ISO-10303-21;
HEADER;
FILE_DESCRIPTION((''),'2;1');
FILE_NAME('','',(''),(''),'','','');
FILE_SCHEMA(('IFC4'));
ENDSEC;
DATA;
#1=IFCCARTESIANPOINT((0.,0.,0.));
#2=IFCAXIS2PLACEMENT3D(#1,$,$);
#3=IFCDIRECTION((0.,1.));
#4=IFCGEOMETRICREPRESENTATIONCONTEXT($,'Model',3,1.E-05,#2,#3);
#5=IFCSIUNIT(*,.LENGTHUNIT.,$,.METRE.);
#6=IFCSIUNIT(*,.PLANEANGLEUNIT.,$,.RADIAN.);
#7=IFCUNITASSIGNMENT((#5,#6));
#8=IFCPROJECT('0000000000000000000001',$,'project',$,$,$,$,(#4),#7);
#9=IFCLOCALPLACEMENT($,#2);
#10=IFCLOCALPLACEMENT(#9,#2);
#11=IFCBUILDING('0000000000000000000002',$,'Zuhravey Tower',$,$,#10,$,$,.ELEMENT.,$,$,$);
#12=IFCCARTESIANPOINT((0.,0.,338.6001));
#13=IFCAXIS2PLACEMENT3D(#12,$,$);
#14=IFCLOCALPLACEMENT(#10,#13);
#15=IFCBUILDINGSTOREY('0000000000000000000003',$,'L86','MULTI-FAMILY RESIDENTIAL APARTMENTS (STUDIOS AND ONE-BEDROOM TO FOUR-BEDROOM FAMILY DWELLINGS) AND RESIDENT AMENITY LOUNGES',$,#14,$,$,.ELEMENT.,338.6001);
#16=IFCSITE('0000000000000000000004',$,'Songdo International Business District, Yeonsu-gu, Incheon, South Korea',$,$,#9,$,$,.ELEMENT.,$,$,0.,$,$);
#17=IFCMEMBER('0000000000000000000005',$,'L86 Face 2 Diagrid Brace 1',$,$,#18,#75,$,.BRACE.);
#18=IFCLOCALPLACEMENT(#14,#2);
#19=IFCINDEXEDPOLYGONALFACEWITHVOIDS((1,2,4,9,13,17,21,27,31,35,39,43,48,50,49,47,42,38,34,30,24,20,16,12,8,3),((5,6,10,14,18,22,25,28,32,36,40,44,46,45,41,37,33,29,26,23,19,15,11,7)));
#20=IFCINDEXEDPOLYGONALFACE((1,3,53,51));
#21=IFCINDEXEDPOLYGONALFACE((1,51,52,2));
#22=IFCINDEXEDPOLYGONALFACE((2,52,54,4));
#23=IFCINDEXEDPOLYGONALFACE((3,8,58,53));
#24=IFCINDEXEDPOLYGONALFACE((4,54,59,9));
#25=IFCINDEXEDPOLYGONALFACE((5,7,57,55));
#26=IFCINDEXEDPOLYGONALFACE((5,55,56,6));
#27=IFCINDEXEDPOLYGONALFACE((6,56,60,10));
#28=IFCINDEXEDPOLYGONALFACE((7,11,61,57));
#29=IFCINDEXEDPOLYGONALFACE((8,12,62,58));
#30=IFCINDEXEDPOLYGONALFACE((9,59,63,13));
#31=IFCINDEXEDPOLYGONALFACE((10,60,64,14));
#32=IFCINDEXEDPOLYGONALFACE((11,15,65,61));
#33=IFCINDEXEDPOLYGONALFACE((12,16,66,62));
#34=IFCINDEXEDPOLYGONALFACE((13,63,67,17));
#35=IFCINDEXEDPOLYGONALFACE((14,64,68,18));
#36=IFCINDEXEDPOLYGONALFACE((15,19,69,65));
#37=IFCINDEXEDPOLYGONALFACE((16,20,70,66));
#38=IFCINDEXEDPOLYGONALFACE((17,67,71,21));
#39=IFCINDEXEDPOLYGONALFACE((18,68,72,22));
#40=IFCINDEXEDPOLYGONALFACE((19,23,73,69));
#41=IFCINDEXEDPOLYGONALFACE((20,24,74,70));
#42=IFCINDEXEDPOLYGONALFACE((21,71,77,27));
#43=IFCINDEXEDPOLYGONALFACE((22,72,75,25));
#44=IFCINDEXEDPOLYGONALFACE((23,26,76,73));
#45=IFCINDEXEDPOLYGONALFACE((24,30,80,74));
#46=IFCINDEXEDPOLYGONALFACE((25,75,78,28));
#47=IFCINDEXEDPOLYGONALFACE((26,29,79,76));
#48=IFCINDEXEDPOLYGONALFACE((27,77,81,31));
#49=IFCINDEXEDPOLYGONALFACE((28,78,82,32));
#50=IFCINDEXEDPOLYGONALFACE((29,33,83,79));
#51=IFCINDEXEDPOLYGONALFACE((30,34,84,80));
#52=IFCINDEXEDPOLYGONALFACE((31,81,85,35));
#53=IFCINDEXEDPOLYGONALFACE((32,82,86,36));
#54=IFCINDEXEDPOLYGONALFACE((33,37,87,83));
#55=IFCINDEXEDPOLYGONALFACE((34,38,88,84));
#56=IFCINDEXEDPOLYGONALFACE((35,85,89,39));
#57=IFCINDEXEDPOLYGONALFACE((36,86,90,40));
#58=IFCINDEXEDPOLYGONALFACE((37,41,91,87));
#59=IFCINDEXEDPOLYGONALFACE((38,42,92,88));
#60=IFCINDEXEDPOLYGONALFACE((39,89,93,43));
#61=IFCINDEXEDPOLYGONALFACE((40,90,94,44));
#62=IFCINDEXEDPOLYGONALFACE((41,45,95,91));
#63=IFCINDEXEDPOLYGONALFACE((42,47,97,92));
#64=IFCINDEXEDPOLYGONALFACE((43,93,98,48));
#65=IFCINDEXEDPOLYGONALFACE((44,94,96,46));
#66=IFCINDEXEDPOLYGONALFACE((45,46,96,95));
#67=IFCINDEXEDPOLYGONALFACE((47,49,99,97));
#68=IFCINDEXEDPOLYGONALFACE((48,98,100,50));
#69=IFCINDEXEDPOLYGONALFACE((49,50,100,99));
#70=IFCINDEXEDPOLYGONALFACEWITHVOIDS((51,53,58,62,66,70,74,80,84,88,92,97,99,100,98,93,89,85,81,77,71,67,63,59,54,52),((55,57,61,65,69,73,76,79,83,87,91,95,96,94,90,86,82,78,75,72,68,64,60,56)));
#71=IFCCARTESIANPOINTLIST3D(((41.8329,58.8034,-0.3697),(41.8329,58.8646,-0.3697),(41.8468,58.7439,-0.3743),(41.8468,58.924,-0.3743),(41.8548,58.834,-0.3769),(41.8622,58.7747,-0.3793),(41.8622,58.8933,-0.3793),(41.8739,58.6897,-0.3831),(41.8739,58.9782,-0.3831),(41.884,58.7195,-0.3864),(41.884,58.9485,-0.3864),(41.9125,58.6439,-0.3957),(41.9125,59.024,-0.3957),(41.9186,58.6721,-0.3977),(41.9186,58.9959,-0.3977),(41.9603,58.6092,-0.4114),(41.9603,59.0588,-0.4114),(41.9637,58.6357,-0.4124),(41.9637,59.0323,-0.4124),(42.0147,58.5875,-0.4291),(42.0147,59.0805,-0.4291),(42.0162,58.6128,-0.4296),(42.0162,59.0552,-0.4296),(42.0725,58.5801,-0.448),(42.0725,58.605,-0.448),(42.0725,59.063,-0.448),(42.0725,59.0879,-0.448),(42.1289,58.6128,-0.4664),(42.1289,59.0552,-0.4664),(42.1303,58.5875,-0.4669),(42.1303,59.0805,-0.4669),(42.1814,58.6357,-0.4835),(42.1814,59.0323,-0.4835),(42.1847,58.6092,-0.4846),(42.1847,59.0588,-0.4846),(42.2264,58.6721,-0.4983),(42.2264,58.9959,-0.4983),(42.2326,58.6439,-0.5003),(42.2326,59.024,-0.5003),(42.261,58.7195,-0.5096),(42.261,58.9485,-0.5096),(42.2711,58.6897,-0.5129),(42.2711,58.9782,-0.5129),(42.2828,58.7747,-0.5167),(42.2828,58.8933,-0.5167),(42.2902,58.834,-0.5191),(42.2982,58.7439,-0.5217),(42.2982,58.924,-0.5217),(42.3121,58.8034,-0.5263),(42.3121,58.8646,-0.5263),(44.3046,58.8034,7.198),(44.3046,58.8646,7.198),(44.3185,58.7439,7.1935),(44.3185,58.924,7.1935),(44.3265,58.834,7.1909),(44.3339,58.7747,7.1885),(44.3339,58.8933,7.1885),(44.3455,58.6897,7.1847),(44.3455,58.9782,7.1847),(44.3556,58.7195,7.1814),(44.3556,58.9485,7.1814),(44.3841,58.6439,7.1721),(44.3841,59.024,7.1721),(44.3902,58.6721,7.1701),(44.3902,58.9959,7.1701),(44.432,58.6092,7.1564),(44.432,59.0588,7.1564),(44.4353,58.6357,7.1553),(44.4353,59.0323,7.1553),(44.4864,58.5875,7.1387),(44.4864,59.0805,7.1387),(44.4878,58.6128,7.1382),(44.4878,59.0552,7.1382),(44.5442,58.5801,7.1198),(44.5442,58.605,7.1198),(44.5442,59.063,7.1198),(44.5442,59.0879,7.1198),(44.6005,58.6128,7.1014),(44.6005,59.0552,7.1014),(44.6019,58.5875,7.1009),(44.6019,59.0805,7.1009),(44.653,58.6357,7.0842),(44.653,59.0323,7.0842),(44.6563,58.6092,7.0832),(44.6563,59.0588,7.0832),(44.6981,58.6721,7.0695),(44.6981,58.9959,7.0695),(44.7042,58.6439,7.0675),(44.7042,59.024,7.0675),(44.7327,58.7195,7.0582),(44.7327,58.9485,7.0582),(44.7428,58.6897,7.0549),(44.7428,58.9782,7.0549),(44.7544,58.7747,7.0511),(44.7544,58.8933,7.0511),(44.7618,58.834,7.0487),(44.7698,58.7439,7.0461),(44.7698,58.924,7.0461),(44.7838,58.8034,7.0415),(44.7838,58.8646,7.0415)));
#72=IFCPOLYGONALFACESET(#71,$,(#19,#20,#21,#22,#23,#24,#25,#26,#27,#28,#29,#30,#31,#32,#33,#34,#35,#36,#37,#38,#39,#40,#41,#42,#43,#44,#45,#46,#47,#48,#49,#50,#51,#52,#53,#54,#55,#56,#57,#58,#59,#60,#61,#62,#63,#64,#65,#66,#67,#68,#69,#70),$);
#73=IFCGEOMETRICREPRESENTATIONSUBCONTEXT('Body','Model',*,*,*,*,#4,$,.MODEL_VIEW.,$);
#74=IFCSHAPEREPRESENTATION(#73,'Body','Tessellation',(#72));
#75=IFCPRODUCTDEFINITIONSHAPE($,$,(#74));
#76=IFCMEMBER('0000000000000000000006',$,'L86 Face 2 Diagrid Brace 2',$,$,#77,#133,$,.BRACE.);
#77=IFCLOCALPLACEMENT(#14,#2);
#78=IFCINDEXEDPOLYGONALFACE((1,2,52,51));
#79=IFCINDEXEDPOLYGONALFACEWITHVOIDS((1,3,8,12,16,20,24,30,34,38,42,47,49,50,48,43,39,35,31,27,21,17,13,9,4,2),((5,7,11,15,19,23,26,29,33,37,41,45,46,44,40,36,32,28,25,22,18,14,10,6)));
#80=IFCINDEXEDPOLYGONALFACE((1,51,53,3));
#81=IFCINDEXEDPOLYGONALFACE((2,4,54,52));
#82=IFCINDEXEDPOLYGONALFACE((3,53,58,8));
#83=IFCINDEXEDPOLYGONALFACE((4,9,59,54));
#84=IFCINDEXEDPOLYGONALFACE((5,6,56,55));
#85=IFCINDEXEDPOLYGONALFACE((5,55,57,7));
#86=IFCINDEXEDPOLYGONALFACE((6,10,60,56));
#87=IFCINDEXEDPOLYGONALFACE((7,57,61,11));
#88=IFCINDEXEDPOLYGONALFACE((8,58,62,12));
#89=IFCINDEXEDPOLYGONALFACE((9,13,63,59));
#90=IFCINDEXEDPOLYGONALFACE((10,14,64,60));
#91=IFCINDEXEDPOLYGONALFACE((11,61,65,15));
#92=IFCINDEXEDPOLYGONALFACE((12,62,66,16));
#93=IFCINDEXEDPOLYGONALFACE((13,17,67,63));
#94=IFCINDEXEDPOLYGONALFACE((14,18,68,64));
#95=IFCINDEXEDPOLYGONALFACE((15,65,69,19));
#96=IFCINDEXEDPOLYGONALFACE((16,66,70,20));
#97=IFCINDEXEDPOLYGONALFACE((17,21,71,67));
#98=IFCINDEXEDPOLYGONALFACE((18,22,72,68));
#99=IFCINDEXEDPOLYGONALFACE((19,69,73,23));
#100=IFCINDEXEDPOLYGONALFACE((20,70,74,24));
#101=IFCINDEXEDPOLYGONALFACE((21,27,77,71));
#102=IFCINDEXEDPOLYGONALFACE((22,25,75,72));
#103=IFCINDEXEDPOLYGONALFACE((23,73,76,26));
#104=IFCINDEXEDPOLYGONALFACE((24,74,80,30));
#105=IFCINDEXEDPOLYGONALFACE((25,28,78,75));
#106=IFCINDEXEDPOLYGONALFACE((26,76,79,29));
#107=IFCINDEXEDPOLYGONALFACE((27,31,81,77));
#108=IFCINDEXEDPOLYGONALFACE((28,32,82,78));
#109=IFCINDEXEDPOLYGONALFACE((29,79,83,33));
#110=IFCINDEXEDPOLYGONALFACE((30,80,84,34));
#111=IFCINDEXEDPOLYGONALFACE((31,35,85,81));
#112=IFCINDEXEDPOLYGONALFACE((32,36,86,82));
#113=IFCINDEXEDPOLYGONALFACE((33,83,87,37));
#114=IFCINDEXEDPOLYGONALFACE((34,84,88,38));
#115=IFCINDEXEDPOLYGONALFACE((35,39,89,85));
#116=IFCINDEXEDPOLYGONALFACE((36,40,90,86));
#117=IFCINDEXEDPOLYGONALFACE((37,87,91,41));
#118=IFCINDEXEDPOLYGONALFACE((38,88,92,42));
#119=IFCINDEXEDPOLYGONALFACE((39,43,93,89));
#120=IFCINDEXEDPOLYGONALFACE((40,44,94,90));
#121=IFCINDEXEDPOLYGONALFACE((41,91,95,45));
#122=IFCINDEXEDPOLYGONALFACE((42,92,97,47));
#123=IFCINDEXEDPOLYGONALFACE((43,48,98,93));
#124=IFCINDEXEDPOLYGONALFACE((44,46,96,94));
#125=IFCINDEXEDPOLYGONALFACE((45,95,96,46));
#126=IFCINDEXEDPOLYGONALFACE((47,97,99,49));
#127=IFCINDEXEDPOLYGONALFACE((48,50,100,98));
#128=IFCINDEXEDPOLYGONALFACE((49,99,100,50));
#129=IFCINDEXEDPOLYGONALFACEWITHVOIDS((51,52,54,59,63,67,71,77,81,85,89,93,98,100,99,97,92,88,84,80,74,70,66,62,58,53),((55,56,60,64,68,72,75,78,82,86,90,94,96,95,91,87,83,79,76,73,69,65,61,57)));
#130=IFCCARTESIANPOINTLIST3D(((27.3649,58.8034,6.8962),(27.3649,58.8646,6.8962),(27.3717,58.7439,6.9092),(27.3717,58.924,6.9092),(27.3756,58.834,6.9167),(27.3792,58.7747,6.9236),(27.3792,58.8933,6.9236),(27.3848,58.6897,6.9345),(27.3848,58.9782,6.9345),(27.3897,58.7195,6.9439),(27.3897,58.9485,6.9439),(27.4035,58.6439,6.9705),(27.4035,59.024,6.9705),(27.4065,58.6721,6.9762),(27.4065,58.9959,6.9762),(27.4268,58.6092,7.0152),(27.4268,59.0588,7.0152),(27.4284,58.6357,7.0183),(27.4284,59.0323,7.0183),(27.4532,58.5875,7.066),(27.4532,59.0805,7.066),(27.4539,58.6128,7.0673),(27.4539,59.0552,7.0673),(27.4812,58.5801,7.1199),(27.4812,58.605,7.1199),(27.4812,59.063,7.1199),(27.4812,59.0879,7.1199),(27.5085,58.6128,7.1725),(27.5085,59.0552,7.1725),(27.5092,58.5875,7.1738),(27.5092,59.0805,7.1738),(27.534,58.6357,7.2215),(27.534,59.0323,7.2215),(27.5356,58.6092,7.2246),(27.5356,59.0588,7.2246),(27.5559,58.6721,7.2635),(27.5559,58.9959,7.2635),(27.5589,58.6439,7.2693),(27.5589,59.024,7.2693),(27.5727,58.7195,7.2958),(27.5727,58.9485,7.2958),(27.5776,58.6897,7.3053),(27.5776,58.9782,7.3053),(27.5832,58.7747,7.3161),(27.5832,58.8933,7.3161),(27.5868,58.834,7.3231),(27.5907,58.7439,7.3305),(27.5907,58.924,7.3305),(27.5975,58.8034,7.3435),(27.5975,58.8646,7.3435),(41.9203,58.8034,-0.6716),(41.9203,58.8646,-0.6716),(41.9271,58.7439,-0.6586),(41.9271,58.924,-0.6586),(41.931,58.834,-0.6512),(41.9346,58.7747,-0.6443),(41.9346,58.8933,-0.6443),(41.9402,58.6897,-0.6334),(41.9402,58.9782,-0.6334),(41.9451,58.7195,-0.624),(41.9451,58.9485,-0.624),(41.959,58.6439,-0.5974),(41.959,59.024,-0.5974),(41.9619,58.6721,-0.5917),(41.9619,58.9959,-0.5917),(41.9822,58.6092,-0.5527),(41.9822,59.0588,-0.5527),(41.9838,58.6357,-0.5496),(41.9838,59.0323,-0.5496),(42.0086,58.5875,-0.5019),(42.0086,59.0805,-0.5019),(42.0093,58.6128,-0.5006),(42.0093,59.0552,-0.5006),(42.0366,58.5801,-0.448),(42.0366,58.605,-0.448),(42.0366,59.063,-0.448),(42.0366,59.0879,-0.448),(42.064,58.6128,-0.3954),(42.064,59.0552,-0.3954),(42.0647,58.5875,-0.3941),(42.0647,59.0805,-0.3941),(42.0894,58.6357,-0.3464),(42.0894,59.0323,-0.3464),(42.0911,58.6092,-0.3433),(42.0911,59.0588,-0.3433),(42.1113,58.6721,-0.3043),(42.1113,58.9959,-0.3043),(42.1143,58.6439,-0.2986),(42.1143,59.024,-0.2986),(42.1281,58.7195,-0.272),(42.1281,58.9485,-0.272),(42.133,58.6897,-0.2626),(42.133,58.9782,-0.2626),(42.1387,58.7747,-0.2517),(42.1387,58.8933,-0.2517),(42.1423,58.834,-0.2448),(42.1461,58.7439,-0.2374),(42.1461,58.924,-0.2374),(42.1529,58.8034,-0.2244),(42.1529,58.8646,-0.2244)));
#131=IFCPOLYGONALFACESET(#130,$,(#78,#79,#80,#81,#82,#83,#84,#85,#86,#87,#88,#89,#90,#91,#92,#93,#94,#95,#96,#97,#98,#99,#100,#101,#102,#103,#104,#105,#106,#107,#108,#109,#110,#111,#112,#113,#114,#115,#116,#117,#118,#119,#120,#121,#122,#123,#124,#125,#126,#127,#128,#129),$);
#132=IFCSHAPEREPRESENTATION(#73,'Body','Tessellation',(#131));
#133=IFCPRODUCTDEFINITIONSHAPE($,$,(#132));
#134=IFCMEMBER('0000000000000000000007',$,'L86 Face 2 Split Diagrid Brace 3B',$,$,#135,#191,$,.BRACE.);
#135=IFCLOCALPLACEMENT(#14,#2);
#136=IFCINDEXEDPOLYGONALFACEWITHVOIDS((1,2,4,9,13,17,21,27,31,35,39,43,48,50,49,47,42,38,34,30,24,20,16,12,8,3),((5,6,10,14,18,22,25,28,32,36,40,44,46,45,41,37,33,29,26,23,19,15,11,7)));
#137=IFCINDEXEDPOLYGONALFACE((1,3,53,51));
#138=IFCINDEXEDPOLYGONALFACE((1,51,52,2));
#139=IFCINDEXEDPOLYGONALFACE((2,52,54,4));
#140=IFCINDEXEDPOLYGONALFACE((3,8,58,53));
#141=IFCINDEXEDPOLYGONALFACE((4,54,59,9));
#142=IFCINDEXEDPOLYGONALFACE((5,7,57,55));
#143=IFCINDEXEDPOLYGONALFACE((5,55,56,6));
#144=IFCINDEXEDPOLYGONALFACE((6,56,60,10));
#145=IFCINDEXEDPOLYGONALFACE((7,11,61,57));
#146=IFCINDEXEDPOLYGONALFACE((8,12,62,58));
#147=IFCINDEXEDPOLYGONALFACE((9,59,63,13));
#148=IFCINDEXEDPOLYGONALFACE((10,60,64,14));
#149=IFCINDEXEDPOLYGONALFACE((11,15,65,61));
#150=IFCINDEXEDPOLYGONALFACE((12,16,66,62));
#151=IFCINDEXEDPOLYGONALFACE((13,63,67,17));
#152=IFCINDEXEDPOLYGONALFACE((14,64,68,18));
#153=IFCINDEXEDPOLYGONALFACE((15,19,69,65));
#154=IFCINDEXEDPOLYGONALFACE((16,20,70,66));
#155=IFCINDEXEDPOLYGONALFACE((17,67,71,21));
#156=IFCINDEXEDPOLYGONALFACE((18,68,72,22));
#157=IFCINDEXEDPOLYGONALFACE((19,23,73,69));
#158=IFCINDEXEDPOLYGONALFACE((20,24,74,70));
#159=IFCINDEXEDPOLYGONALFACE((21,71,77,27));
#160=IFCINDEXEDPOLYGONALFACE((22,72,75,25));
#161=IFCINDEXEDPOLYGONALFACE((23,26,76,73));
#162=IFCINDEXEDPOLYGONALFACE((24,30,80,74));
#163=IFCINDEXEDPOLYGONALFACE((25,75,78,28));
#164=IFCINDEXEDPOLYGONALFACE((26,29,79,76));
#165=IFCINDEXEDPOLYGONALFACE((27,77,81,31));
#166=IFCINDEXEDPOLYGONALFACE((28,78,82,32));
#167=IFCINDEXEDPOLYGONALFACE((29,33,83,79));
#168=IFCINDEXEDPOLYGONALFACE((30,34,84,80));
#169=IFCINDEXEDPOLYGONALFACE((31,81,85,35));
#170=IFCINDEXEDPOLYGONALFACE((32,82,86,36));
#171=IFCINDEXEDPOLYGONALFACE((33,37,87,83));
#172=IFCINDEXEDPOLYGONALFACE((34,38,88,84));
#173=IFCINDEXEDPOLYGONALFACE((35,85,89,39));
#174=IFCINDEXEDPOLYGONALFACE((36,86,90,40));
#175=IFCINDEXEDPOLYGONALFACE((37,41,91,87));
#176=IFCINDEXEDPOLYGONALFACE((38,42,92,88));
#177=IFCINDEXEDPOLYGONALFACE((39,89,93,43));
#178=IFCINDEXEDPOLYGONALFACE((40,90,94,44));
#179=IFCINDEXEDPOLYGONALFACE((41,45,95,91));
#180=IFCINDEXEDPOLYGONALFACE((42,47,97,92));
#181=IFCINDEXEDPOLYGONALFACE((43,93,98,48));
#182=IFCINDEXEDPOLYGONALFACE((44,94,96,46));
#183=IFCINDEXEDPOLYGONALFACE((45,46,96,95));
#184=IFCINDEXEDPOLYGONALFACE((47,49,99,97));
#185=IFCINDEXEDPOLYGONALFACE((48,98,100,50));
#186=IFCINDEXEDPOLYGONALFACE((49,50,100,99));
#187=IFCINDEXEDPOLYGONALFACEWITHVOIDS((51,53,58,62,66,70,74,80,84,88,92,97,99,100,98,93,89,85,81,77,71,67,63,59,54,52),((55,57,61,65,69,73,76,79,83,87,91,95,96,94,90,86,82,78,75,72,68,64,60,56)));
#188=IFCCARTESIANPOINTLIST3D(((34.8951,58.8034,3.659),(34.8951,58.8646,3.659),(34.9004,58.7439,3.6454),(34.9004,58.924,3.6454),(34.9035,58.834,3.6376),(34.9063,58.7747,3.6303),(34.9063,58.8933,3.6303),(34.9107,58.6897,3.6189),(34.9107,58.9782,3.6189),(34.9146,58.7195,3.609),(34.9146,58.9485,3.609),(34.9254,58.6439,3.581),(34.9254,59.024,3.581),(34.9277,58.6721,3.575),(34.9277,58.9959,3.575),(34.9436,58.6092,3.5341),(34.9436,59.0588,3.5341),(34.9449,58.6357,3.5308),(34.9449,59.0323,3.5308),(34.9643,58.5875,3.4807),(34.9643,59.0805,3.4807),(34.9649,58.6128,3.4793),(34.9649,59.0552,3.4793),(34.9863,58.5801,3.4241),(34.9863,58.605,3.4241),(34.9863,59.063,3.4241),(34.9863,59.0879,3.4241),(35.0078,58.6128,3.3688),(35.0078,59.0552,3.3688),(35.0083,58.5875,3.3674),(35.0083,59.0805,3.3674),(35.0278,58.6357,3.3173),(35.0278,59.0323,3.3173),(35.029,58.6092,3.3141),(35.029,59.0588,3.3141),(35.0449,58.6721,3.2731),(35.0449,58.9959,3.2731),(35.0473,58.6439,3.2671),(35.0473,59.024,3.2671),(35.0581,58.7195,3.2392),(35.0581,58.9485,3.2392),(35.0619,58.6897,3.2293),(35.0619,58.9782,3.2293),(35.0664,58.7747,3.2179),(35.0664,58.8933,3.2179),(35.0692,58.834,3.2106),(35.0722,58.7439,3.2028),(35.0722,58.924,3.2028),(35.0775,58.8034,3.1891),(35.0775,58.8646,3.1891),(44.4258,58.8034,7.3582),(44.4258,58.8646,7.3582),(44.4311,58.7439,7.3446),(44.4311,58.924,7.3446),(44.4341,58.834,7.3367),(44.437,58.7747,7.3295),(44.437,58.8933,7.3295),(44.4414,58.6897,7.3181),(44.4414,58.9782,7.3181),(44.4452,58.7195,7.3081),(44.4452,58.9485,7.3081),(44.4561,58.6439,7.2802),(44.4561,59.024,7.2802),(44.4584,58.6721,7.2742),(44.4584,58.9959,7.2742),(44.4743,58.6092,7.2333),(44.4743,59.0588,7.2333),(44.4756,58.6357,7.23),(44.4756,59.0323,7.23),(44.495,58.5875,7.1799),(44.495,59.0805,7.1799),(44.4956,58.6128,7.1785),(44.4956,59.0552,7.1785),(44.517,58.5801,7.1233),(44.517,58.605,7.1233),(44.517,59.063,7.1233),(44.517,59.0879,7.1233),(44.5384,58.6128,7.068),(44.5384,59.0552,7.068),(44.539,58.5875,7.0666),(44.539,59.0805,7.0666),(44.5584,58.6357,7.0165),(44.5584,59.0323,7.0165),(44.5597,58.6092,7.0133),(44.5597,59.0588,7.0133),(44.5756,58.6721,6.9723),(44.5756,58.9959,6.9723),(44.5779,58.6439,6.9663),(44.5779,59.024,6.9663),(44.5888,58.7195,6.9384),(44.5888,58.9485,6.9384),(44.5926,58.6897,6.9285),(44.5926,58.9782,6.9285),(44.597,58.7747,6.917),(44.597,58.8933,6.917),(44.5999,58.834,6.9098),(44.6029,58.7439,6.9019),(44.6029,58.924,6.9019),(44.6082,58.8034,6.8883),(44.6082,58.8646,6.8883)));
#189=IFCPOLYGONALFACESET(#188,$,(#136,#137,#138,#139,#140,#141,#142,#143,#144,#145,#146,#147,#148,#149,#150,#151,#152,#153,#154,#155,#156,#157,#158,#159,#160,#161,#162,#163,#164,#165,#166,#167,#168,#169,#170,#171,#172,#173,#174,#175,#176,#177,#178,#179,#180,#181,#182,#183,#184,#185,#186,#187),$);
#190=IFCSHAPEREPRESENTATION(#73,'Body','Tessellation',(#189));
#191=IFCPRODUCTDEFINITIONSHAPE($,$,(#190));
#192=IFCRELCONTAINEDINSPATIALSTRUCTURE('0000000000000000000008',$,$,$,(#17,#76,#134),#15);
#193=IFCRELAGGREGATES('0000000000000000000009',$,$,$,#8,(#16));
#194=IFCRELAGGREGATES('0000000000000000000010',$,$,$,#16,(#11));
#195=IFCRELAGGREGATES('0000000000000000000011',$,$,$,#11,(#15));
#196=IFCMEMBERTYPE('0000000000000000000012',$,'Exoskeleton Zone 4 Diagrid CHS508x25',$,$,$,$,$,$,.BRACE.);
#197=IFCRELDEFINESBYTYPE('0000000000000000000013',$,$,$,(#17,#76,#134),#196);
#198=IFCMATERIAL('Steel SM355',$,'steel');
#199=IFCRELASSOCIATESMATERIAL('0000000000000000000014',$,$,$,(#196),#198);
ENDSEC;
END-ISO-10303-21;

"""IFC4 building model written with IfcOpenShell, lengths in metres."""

from ifc_helpers import new_model, si_unit, direction, frame, origin, origin_2d, place, context, subcontext, project, spatial, hollow_circle, extrude, material, material_profile, profile_set, type_object, element, save


model = new_model("IFC4")

# Units and contexts
model_context = context("Model", 3, precision=1e-05, world=origin(), true_north=direction((0.0, 1.0)))
body_context = subcontext(model_context, "Body", "Model", "MODEL_VIEW")
ifc_project = project(units=[si_unit("LENGTHUNIT", "METRE"), si_unit("PLANEANGLEUNIT", "RADIAN")], contexts=[model_context])

# Site, building, storey
site_placement = place(None, origin())
site = spatial("IfcSite", under=ifc_project, at=site_placement, Name="Songdo International Business District, Yeonsu-gu, Incheon, South Korea", CompositionType="ELEMENT", RefElevation=0.0)
building_placement = place(site_placement, origin())
building = spatial("IfcBuilding", under=site, at=building_placement, Name="Zuhravey Tower", CompositionType="ELEMENT")
storey_placement = place(building_placement, frame((0.0, 0.0, 338.6001)))
storey = spatial("IfcBuildingStorey", under=building, at=storey_placement, Name="L86", Description="MULTI-FAMILY RESIDENTIAL APARTMENTS (STUDIOS AND ONE-BEDROOM TO FOUR-BEDROOM FAMILY DWELLINGS) AND RESIDENT AMENITY LOUNGES", CompositionType="ELEMENT", Elevation=338.6001)

# Members
ifc_material_1 = material(Name="Steel SM355", Category="steel")
ifc_material_profile_1 = material_profile(ifc_material_1, hollow_circle(Radius=0.2539, WallThickness=0.0249, at=origin_2d()), Name="CHS-508.0x25")
ifc_profile_set_1 = profile_set([ifc_material_profile_1], Name="Steel SM355")
member_type_1 = type_object("IfcMemberType", Name="Exoskeleton Zone 4 Diagrid CHS508x25", PredefinedType="BRACE", material=ifc_profile_set_1)
member_1_placement = place(storey_placement, frame((42.0725, 58.834, -0.448), z_axis=(0.310463, 0.0, 0.950586), x_axis=(0.0, 1.0, 0.0)))
element("IfcMember", 1, at=member_1_placement, inside=storey, type_object=member_type_1, Name="L86 Face 2 Diagrid Brace 1", PredefinedType="BRACE", context=body_context, shape_type="SweptSolid", body=[
    extrude(hollow_circle(Radius=0.2539, WallThickness=0.0249, at=origin_2d()), origin(), (0.0, 0.0, 1.0), 7.9612),
])
member_2_placement = place(storey_placement, frame((42.0366, 58.834, -0.448), z_axis=(-0.88724, 0.0, 0.461307), x_axis=(0.0, -1.0, 0.0)))
element("IfcMember", 2, at=member_2_placement, inside=storey, type_object=member_type_1, Name="L86 Face 2 Diagrid Brace 2", PredefinedType="BRACE", context=body_context, shape_type="SweptSolid", body=[
    extrude(hollow_circle(Radius=0.2539, WallThickness=0.0249, at=origin_2d()), origin(), (0.0, 0.0, 1.0), 16.4053),
])
member_3_placement = place(storey_placement, frame((34.9863, 58.834, 3.4241), z_axis=(0.932242, 0.0, 0.361835), x_axis=(0.0, 1.0, 0.0)))
element("IfcMember", 3, at=member_3_placement, inside=storey, type_object=member_type_1, Name="L86 Face 2 Split Diagrid Brace 3B", PredefinedType="BRACE", context=body_context, shape_type="SweptSolid", body=[
    extrude(hollow_circle(Radius=0.2539, WallThickness=0.0249, at=origin_2d()), origin(), (0.0, 0.0, 1.0), 10.2234),
])

save(model, "model.ifc")
